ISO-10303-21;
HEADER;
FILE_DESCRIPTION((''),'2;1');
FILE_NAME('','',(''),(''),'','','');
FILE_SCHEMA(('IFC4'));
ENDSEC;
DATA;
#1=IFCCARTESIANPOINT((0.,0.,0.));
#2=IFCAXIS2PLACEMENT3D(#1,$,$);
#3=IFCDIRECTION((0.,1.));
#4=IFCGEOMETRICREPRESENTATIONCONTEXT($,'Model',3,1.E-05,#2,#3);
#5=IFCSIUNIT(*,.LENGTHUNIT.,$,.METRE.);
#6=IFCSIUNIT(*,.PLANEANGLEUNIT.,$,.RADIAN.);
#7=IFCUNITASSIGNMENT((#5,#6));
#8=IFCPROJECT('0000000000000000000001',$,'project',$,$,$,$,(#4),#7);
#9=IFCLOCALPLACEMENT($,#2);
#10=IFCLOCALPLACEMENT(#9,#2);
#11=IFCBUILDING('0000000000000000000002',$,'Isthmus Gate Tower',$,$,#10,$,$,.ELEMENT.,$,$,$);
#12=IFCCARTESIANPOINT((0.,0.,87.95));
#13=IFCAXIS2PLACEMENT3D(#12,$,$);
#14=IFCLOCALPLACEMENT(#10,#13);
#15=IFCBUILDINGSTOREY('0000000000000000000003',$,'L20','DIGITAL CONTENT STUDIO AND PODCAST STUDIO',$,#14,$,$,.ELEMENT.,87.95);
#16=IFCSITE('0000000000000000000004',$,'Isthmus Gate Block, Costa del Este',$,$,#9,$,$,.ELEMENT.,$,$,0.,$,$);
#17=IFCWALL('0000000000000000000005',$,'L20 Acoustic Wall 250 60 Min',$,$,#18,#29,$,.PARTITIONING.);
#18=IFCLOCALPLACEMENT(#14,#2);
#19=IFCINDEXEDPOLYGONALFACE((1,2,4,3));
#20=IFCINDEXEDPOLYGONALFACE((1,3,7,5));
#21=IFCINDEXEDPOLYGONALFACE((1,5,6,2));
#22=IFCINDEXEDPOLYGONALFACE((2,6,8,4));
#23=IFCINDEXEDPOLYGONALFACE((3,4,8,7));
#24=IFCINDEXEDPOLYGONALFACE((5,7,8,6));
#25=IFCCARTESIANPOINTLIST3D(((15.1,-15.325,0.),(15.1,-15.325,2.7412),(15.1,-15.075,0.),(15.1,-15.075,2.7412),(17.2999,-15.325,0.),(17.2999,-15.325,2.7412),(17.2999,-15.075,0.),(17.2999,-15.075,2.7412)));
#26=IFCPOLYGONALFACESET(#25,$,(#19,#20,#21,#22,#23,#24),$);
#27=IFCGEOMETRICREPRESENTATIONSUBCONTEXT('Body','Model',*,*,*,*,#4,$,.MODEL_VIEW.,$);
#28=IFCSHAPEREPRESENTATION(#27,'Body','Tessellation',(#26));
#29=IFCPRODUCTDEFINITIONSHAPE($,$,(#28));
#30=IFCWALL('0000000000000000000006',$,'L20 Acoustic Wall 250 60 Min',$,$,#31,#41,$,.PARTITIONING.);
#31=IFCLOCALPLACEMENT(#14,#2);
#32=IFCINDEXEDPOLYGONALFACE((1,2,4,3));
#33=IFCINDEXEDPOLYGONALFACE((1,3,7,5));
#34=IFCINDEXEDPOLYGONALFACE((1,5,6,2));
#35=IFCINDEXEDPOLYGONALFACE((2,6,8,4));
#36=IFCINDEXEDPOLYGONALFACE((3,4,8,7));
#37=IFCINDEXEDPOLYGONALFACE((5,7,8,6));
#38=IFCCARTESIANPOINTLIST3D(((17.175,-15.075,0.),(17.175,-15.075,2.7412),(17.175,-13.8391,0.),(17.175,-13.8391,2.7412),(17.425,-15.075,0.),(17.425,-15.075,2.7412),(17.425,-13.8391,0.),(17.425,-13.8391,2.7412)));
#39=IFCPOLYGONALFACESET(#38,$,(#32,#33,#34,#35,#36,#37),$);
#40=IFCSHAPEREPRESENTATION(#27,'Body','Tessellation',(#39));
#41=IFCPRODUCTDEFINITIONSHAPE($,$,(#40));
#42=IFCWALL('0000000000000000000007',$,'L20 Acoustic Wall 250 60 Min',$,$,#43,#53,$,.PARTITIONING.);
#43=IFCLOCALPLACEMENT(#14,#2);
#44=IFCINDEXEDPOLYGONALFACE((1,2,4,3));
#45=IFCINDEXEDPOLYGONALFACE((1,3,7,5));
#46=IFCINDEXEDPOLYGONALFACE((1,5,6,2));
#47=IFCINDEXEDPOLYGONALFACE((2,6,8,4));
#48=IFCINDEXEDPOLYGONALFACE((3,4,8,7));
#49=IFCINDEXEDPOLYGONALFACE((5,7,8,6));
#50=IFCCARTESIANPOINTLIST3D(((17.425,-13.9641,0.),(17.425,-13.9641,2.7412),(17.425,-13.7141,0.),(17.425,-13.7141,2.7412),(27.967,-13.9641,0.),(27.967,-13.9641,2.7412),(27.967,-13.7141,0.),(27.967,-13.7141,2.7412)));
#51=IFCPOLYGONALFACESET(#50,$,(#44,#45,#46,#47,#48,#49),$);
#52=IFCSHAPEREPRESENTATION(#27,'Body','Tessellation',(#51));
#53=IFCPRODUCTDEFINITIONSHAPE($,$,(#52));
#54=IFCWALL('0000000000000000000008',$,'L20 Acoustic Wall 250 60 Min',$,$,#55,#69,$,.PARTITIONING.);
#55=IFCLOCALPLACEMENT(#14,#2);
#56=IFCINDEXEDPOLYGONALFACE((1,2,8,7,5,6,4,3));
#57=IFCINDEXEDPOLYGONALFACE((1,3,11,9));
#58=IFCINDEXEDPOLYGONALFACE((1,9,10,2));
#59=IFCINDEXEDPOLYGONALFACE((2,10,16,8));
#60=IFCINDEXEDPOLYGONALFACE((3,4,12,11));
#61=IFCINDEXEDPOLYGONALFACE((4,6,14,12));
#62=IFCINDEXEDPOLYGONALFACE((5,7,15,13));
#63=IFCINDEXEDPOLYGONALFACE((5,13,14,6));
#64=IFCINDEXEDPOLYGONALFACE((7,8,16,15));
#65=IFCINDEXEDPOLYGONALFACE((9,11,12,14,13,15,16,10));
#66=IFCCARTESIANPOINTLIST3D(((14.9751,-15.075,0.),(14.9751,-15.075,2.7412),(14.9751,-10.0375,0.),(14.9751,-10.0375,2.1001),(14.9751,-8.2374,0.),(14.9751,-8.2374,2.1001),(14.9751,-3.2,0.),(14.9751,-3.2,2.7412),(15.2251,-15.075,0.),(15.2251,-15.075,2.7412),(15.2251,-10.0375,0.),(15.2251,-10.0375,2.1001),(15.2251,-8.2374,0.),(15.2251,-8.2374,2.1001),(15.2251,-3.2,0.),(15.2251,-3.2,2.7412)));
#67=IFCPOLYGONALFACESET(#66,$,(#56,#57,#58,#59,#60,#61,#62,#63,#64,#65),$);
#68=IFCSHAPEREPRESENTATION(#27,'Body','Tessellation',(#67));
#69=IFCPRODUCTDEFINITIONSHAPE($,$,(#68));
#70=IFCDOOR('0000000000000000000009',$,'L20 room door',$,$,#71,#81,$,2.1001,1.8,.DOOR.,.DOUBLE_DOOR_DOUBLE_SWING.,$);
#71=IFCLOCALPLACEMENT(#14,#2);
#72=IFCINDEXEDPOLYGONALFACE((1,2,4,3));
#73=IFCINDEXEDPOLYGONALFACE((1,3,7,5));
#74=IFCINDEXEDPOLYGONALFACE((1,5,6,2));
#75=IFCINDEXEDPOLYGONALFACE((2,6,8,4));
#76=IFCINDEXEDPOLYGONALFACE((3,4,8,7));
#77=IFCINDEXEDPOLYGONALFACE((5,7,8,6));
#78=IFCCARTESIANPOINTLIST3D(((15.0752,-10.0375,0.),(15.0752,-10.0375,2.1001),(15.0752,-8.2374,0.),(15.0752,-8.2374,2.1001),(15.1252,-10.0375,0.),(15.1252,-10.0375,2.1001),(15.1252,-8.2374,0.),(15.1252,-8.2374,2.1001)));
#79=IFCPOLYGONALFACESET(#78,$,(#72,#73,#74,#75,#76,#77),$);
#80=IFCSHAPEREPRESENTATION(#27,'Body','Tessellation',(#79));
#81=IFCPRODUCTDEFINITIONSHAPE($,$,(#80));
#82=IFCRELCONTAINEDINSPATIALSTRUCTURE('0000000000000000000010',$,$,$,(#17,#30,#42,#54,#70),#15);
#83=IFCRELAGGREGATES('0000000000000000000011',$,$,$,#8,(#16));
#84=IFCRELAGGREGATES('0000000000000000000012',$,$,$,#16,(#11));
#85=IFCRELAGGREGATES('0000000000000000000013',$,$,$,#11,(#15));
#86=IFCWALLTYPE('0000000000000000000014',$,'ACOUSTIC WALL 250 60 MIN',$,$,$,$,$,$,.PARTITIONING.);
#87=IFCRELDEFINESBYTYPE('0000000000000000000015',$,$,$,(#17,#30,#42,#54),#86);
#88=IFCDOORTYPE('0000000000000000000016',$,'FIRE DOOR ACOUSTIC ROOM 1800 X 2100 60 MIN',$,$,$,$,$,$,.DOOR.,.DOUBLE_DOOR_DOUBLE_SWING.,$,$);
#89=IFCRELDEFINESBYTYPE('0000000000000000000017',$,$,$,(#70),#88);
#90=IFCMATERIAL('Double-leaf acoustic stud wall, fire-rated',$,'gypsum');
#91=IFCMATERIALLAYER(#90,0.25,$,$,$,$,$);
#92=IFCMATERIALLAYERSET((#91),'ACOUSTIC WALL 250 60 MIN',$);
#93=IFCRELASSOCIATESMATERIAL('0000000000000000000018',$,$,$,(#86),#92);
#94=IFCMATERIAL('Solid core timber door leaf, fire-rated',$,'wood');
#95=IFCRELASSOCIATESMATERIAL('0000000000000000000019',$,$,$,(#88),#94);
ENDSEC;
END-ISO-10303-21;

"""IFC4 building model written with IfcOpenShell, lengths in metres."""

from ifc_helpers import new_model, si_unit, direction, frame, frame_2d, origin, place, context, subcontext, project, spatial, rectangle, extrude, material, layer, layer_set, type_object, element, fill, save


model = new_model("IFC4")

# Units and contexts
model_context = context("Model", 3, precision=1e-05, world=origin(), true_north=direction((0.0, 1.0)))
body_context = subcontext(model_context, "Body", "Model", "MODEL_VIEW")
ifc_project = project(units=[si_unit("LENGTHUNIT", "METRE"), si_unit("PLANEANGLEUNIT", "RADIAN")], contexts=[model_context])

# Site, building, storey
site_placement = place(None, origin())
site = spatial("IfcSite", under=ifc_project, at=site_placement, Name="Isthmus Gate Block, Costa del Este", CompositionType="ELEMENT", RefElevation=0.0)
building_placement = place(site_placement, origin())
building = spatial("IfcBuilding", under=site, at=building_placement, Name="Isthmus Gate Tower", CompositionType="ELEMENT")
storey_placement = place(building_placement, frame((0.0, 0.0, 87.95)))
storey = spatial("IfcBuildingStorey", under=building, at=storey_placement, Name="L20", Description="DIGITAL CONTENT STUDIO AND PODCAST STUDIO", CompositionType="ELEMENT", Elevation=87.95)

# Walls
ifc_material_1 = material(Name="Double-leaf acoustic stud wall, fire-rated", Category="gypsum")
ifc_layer_1 = layer(ifc_material_1, 0.25)
ifc_layer_set_1 = layer_set([ifc_layer_1], Name="ACOUSTIC WALL 250 60 MIN")
wall_type = type_object("IfcWallType", Name="ACOUSTIC WALL 250 60 MIN", PredefinedType="PARTITIONING", material=ifc_layer_set_1)
wall_1_placement = place(storey_placement, frame((17.3, -15.2, 0.0), z_axis=(0.0, 0.0, 1.0), x_axis=(-1.0, 0.0, 0.0)))
element("IfcWall", 1, at=wall_1_placement, inside=storey, type_object=wall_type, Name="L20 Acoustic Wall 250 60 Min", PredefinedType="PARTITIONING", context=body_context, shape_type="SweptSolid", body=[
    extrude(rectangle(XDim=2.2, YDim=0.25, at=frame_2d((1.1001, 0.0))), origin(), (0.0, 0.0, 1.0), 2.7412),
])
wall_2_placement = place(storey_placement, frame((17.3, -13.8391, 0.0), z_axis=(0.0, 0.0, 1.0), x_axis=(0.0, -1.0, 0.0)))
element("IfcWall", 2, at=wall_2_placement, inside=storey, type_object=wall_type, Name="L20 Acoustic Wall 250 60 Min", PredefinedType="PARTITIONING", context=body_context, shape_type="SweptSolid", body=[
    extrude(rectangle(XDim=1.2358, YDim=0.25, at=frame_2d((0.6179, 0.0))), origin(), (0.0, 0.0, 1.0), 2.7412),
])
wall_3_placement = place(storey_placement, frame((17.425, -13.8391, 0.0), z_axis=(0.0, 0.0, 1.0), x_axis=(1.0, 0.0, 0.0)))
element("IfcWall", 3, at=wall_3_placement, inside=storey, type_object=wall_type, Name="L20 Acoustic Wall 250 60 Min", PredefinedType="PARTITIONING", context=body_context, shape_type="SweptSolid", body=[
    extrude(rectangle(XDim=10.542, YDim=0.25, at=frame_2d((5.271, 0.0))), origin(), (0.0, 0.0, 1.0), 2.7412),
])

# Wall, opening, door
wall_4_placement = place(storey_placement, frame((15.1001, -15.075, 0.0), z_axis=(0.0, 0.0, 1.0), x_axis=(0.0, 1.0, 0.0)))
wall_4 = element("IfcWall", 4, at=wall_4_placement, inside=storey, type_object=wall_type, Name="L20 Acoustic Wall 250 60 Min", PredefinedType="PARTITIONING", context=body_context, shape_type="SweptSolid", body=[
    extrude(rectangle(XDim=11.875, YDim=0.25, at=frame_2d((5.9375, 0.0))), origin(), (0.0, 0.0, 1.0), 2.7412),
])
opening_placement = place(wall_4_placement, frame((5.0376, 0.0, 0.0)))
opening = element("IfcOpeningElement", 5, at=opening_placement, cuts=wall_4, PredefinedType="OPENING", context=body_context, shape_type="SweptSolid", body=[
    extrude(rectangle(XDim=1.8, YDim=2.1001, at=frame_2d((0.8999, 1.05))), frame((0.0, 0.135, 0.0), z_axis=(0.0, -1.0, 0.0), x_axis=(1.0, 0.0, 0.0)), (0.0, 0.0, 1.0), 0.27),
])
ifc_material_2 = material(Name="Solid core timber door leaf, fire-rated", Category="wood")
door_type = type_object("IfcDoorType", Name="FIRE DOOR ACOUSTIC ROOM 1800 X 2100 60 MIN", OperationType="DOUBLE_DOOR_DOUBLE_SWING", PredefinedType="DOOR", material=ifc_material_2)
door_placement = place(opening_placement, origin())
door = element("IfcDoor", 6, at=door_placement, inside=storey, type_object=door_type, Name="L20 room door", OperationType="DOUBLE_DOOR_DOUBLE_SWING", OverallHeight=2.1001, OverallWidth=1.8, PredefinedType="DOOR", context=body_context, shape_type="SweptSolid", body=[
    extrude(rectangle(XDim=1.8, YDim=2.1001, at=frame_2d((0.8999, 1.05))), frame((0.0, 0.0249, 0.0), z_axis=(0.0, -1.0, 0.0), x_axis=(1.0, 0.0, 0.0)), (0.0, 0.0, 1.0), 0.05),
])
fill(opening, door)

save(model, "model.ifc")
